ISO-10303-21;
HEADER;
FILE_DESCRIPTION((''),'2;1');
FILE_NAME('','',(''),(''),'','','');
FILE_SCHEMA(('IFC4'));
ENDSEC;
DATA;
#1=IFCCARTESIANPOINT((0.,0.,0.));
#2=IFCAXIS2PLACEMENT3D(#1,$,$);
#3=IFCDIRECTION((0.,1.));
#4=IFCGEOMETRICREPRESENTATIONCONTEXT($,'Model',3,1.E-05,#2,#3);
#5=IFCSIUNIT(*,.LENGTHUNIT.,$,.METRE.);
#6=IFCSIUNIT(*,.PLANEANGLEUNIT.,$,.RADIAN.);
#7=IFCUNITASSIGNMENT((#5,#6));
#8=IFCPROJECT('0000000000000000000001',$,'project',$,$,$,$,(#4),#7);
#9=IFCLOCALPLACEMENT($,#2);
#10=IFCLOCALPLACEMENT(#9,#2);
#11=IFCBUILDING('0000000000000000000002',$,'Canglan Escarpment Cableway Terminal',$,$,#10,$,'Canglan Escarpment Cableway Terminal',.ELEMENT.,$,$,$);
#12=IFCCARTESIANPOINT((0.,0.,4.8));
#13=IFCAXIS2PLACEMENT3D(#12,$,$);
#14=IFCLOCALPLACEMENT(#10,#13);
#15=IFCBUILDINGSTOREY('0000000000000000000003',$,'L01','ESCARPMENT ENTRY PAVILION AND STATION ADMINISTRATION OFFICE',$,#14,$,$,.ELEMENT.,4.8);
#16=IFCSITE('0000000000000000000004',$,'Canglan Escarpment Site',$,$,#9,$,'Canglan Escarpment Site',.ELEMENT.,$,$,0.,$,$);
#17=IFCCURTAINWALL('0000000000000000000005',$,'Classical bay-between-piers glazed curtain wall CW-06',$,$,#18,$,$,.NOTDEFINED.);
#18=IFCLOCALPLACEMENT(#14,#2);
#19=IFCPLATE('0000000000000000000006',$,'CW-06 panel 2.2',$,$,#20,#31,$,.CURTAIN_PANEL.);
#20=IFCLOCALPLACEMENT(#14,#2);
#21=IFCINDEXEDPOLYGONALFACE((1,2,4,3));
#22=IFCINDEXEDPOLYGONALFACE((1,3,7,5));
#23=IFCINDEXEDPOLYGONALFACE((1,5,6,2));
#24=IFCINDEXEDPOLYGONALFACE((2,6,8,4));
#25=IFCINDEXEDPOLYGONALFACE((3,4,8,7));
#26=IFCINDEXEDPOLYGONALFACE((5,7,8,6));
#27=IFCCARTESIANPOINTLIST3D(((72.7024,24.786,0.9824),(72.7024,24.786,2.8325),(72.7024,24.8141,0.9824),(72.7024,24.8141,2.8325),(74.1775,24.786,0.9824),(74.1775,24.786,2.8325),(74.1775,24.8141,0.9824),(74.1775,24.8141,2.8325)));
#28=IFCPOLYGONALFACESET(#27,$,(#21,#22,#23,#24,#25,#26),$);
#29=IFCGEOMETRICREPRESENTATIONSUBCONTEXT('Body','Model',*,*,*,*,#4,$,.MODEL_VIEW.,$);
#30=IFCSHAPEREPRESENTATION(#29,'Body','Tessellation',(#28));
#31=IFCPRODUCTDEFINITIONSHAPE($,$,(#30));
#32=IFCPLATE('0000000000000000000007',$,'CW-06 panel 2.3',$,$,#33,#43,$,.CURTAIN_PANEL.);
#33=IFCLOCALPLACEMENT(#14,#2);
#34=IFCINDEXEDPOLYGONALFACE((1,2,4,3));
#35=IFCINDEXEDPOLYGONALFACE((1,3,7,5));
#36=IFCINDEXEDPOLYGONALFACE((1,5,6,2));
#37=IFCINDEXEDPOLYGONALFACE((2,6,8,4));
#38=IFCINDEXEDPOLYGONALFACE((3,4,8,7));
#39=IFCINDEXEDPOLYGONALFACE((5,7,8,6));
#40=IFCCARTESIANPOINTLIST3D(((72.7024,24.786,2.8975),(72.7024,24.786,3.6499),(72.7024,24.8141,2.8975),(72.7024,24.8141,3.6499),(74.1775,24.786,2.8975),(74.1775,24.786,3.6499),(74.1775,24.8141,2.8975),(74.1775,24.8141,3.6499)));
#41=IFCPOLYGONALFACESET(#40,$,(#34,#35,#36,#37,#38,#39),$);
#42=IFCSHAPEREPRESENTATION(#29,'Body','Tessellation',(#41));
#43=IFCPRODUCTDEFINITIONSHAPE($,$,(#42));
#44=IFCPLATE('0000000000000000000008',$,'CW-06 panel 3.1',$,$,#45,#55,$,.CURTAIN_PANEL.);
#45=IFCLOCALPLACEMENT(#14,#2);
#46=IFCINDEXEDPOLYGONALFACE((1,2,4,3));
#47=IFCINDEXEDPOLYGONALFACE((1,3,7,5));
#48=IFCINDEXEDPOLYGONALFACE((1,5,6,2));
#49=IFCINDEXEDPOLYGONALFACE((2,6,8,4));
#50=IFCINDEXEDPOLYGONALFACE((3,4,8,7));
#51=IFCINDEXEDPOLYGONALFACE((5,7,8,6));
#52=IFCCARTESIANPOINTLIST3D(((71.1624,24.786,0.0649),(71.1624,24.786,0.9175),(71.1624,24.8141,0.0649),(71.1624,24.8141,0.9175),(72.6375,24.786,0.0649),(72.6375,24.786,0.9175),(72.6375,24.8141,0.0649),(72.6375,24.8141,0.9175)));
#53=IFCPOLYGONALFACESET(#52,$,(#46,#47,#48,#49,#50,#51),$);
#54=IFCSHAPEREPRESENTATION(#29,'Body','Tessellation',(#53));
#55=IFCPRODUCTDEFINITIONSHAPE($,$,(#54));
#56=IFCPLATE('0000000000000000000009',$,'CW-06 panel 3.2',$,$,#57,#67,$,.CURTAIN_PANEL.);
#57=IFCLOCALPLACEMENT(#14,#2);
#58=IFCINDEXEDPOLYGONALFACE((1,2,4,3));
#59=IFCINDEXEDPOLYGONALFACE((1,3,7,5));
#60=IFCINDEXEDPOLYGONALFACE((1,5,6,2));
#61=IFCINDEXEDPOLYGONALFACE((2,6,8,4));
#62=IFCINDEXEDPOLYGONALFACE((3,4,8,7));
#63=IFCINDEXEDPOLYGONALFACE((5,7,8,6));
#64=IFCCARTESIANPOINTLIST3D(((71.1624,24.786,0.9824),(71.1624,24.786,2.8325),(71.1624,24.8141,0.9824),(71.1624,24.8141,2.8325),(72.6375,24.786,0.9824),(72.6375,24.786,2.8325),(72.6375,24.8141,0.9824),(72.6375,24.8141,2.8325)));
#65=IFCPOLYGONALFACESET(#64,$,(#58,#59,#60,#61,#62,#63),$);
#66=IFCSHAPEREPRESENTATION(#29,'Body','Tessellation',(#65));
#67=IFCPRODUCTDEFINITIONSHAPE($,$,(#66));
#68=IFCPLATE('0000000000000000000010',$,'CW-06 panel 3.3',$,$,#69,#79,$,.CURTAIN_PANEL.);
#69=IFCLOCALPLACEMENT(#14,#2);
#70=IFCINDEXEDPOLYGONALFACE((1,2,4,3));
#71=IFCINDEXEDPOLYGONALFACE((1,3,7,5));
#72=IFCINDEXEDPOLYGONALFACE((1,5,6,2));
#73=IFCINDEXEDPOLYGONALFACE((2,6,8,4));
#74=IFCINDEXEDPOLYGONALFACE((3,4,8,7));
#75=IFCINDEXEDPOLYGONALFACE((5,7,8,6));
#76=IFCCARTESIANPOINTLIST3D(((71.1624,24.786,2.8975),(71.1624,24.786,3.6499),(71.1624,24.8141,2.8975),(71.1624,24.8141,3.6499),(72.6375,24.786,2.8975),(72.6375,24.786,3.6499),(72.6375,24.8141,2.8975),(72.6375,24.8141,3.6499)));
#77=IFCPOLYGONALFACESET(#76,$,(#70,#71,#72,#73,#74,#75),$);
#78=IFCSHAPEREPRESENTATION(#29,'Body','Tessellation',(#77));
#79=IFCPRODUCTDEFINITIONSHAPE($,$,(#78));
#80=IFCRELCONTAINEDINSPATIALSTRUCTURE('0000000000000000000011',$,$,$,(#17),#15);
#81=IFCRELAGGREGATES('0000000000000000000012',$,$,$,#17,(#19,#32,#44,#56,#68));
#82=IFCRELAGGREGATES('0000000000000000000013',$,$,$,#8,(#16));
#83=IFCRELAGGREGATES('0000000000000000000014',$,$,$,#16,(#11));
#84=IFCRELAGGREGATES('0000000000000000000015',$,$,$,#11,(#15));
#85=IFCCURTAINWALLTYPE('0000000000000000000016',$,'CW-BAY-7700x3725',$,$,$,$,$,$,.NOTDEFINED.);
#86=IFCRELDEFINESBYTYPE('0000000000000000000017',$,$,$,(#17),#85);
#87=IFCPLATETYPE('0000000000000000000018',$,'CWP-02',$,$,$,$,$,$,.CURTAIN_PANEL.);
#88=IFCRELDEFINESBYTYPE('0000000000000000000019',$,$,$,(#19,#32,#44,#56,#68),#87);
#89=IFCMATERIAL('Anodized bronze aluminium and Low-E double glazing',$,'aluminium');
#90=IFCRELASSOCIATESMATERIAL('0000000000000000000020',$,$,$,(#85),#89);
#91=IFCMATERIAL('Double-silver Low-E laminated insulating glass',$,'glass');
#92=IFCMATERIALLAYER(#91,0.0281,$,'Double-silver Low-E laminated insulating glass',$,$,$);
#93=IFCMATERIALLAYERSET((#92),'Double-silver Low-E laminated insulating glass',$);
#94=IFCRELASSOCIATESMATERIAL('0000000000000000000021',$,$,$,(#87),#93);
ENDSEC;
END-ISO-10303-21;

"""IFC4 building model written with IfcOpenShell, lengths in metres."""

from ifc_helpers import new_model, si_unit, direction, frame, origin, origin_2d, place, context, subcontext, project, spatial, rectangle, extrude, material, layer, layer_set, type_object, element, aggregate, save


model = new_model("IFC4")

# Units and contexts
model_context = context("Model", 3, precision=1e-05, world=origin(), true_north=direction((0.0, 1.0)))
body_context = subcontext(model_context, "Body", "Model", "MODEL_VIEW")
ifc_project = project(units=[si_unit("LENGTHUNIT", "METRE"), si_unit("PLANEANGLEUNIT", "RADIAN")], contexts=[model_context])

# Site, building, storey
site_placement = place(None, origin())
site = spatial("IfcSite", under=ifc_project, at=site_placement, Name="Canglan Escarpment Site", LongName="Canglan Escarpment Site", CompositionType="ELEMENT", RefElevation=0.0)
building_placement = place(site_placement, origin())
building = spatial("IfcBuilding", under=site, at=building_placement, Name="Canglan Escarpment Cableway Terminal", LongName="Canglan Escarpment Cableway Terminal", CompositionType="ELEMENT")
storey_placement = place(building_placement, frame((0.0, 0.0, 4.8)))
storey = spatial("IfcBuildingStorey", under=building, at=storey_placement, Name="L01", Description="ESCARPMENT ENTRY PAVILION AND STATION ADMINISTRATION OFFICE", CompositionType="ELEMENT", Elevation=4.8)

# Curtain wall, plates
ifc_material_1 = material(Name="Anodized bronze aluminium and Low-E double glazing", Category="aluminium")
curtain_wall_type = type_object("IfcCurtainWallType", Name="CW-BAY-7700x3725", PredefinedType="NOTDEFINED", material=ifc_material_1)
curtain_wall_placement = place(storey_placement, origin())
curtain_wall = element("IfcCurtainWall", 1, at=curtain_wall_placement, inside=storey, type_object=curtain_wall_type, Name="Classical bay-between-piers glazed curtain wall CW-06", PredefinedType="NOTDEFINED")
ifc_material_2 = material(Name="Double-silver Low-E laminated insulating glass", Category="glass")
ifc_layer = layer(ifc_material_2, 0.0281, Name="Double-silver Low-E laminated insulating glass")
ifc_layer_set = layer_set([ifc_layer], Name="Double-silver Low-E laminated insulating glass")
plate_type = type_object("IfcPlateType", Name="CWP-02", PredefinedType="CURTAIN_PANEL", material=ifc_layer_set)
plate_1_placement = place(storey_placement, frame((73.4399, 24.8, 0.9824), z_axis=(0.0, 0.0, 1.0), x_axis=(-1.0, 0.0, 0.0)))
plate_1 = element("IfcPlate", 2, at=plate_1_placement, type_object=plate_type, Name="CW-06 panel 2.2", PredefinedType="CURTAIN_PANEL", context=body_context, shape_type="SweptSolid", body=[
    extrude(rectangle(XDim=1.4751, YDim=0.0281, at=origin_2d()), origin(), (0.0, 0.0, 1.0), 1.8501),
])
plate_2_placement = place(storey_placement, frame((73.4399, 24.8, 2.8975), z_axis=(0.0, 0.0, 1.0), x_axis=(-1.0, 0.0, 0.0)))
plate_2 = element("IfcPlate", 3, at=plate_2_placement, type_object=plate_type, Name="CW-06 panel 2.3", PredefinedType="CURTAIN_PANEL", context=body_context, shape_type="SweptSolid", body=[
    extrude(rectangle(XDim=1.4751, YDim=0.0281, at=origin_2d()), origin(), (0.0, 0.0, 1.0), 0.7524),
])
plate_3_placement = place(storey_placement, frame((71.8999, 24.8, 0.0649), z_axis=(0.0, 0.0, 1.0), x_axis=(-1.0, 0.0, 0.0)))
plate_3 = element("IfcPlate", 4, at=plate_3_placement, type_object=plate_type, Name="CW-06 panel 3.1", PredefinedType="CURTAIN_PANEL", context=body_context, shape_type="SweptSolid", body=[
    extrude(rectangle(XDim=1.4751, YDim=0.0281, at=origin_2d()), origin(), (0.0, 0.0, 1.0), 0.8525),
])
plate_4_placement = place(storey_placement, frame((71.8999, 24.8, 0.9824), z_axis=(0.0, 0.0, 1.0), x_axis=(-1.0, 0.0, 0.0)))
plate_4 = element("IfcPlate", 5, at=plate_4_placement, type_object=plate_type, Name="CW-06 panel 3.2", PredefinedType="CURTAIN_PANEL", context=body_context, shape_type="SweptSolid", body=[
    extrude(rectangle(XDim=1.4751, YDim=0.0281, at=origin_2d()), origin(), (0.0, 0.0, 1.0), 1.8501),
])
plate_5_placement = place(storey_placement, frame((71.8999, 24.8, 2.8975), z_axis=(0.0, 0.0, 1.0), x_axis=(-1.0, 0.0, 0.0)))
plate_5 = element("IfcPlate", 6, at=plate_5_placement, type_object=plate_type, Name="CW-06 panel 3.3", PredefinedType="CURTAIN_PANEL", context=body_context, shape_type="SweptSolid", body=[
    extrude(rectangle(XDim=1.4751, YDim=0.0281, at=origin_2d()), origin(), (0.0, 0.0, 1.0), 0.7524),
])
aggregate(curtain_wall, [plate_1, plate_2, plate_3, plate_4, plate_5])

save(model, "model.ifc")
